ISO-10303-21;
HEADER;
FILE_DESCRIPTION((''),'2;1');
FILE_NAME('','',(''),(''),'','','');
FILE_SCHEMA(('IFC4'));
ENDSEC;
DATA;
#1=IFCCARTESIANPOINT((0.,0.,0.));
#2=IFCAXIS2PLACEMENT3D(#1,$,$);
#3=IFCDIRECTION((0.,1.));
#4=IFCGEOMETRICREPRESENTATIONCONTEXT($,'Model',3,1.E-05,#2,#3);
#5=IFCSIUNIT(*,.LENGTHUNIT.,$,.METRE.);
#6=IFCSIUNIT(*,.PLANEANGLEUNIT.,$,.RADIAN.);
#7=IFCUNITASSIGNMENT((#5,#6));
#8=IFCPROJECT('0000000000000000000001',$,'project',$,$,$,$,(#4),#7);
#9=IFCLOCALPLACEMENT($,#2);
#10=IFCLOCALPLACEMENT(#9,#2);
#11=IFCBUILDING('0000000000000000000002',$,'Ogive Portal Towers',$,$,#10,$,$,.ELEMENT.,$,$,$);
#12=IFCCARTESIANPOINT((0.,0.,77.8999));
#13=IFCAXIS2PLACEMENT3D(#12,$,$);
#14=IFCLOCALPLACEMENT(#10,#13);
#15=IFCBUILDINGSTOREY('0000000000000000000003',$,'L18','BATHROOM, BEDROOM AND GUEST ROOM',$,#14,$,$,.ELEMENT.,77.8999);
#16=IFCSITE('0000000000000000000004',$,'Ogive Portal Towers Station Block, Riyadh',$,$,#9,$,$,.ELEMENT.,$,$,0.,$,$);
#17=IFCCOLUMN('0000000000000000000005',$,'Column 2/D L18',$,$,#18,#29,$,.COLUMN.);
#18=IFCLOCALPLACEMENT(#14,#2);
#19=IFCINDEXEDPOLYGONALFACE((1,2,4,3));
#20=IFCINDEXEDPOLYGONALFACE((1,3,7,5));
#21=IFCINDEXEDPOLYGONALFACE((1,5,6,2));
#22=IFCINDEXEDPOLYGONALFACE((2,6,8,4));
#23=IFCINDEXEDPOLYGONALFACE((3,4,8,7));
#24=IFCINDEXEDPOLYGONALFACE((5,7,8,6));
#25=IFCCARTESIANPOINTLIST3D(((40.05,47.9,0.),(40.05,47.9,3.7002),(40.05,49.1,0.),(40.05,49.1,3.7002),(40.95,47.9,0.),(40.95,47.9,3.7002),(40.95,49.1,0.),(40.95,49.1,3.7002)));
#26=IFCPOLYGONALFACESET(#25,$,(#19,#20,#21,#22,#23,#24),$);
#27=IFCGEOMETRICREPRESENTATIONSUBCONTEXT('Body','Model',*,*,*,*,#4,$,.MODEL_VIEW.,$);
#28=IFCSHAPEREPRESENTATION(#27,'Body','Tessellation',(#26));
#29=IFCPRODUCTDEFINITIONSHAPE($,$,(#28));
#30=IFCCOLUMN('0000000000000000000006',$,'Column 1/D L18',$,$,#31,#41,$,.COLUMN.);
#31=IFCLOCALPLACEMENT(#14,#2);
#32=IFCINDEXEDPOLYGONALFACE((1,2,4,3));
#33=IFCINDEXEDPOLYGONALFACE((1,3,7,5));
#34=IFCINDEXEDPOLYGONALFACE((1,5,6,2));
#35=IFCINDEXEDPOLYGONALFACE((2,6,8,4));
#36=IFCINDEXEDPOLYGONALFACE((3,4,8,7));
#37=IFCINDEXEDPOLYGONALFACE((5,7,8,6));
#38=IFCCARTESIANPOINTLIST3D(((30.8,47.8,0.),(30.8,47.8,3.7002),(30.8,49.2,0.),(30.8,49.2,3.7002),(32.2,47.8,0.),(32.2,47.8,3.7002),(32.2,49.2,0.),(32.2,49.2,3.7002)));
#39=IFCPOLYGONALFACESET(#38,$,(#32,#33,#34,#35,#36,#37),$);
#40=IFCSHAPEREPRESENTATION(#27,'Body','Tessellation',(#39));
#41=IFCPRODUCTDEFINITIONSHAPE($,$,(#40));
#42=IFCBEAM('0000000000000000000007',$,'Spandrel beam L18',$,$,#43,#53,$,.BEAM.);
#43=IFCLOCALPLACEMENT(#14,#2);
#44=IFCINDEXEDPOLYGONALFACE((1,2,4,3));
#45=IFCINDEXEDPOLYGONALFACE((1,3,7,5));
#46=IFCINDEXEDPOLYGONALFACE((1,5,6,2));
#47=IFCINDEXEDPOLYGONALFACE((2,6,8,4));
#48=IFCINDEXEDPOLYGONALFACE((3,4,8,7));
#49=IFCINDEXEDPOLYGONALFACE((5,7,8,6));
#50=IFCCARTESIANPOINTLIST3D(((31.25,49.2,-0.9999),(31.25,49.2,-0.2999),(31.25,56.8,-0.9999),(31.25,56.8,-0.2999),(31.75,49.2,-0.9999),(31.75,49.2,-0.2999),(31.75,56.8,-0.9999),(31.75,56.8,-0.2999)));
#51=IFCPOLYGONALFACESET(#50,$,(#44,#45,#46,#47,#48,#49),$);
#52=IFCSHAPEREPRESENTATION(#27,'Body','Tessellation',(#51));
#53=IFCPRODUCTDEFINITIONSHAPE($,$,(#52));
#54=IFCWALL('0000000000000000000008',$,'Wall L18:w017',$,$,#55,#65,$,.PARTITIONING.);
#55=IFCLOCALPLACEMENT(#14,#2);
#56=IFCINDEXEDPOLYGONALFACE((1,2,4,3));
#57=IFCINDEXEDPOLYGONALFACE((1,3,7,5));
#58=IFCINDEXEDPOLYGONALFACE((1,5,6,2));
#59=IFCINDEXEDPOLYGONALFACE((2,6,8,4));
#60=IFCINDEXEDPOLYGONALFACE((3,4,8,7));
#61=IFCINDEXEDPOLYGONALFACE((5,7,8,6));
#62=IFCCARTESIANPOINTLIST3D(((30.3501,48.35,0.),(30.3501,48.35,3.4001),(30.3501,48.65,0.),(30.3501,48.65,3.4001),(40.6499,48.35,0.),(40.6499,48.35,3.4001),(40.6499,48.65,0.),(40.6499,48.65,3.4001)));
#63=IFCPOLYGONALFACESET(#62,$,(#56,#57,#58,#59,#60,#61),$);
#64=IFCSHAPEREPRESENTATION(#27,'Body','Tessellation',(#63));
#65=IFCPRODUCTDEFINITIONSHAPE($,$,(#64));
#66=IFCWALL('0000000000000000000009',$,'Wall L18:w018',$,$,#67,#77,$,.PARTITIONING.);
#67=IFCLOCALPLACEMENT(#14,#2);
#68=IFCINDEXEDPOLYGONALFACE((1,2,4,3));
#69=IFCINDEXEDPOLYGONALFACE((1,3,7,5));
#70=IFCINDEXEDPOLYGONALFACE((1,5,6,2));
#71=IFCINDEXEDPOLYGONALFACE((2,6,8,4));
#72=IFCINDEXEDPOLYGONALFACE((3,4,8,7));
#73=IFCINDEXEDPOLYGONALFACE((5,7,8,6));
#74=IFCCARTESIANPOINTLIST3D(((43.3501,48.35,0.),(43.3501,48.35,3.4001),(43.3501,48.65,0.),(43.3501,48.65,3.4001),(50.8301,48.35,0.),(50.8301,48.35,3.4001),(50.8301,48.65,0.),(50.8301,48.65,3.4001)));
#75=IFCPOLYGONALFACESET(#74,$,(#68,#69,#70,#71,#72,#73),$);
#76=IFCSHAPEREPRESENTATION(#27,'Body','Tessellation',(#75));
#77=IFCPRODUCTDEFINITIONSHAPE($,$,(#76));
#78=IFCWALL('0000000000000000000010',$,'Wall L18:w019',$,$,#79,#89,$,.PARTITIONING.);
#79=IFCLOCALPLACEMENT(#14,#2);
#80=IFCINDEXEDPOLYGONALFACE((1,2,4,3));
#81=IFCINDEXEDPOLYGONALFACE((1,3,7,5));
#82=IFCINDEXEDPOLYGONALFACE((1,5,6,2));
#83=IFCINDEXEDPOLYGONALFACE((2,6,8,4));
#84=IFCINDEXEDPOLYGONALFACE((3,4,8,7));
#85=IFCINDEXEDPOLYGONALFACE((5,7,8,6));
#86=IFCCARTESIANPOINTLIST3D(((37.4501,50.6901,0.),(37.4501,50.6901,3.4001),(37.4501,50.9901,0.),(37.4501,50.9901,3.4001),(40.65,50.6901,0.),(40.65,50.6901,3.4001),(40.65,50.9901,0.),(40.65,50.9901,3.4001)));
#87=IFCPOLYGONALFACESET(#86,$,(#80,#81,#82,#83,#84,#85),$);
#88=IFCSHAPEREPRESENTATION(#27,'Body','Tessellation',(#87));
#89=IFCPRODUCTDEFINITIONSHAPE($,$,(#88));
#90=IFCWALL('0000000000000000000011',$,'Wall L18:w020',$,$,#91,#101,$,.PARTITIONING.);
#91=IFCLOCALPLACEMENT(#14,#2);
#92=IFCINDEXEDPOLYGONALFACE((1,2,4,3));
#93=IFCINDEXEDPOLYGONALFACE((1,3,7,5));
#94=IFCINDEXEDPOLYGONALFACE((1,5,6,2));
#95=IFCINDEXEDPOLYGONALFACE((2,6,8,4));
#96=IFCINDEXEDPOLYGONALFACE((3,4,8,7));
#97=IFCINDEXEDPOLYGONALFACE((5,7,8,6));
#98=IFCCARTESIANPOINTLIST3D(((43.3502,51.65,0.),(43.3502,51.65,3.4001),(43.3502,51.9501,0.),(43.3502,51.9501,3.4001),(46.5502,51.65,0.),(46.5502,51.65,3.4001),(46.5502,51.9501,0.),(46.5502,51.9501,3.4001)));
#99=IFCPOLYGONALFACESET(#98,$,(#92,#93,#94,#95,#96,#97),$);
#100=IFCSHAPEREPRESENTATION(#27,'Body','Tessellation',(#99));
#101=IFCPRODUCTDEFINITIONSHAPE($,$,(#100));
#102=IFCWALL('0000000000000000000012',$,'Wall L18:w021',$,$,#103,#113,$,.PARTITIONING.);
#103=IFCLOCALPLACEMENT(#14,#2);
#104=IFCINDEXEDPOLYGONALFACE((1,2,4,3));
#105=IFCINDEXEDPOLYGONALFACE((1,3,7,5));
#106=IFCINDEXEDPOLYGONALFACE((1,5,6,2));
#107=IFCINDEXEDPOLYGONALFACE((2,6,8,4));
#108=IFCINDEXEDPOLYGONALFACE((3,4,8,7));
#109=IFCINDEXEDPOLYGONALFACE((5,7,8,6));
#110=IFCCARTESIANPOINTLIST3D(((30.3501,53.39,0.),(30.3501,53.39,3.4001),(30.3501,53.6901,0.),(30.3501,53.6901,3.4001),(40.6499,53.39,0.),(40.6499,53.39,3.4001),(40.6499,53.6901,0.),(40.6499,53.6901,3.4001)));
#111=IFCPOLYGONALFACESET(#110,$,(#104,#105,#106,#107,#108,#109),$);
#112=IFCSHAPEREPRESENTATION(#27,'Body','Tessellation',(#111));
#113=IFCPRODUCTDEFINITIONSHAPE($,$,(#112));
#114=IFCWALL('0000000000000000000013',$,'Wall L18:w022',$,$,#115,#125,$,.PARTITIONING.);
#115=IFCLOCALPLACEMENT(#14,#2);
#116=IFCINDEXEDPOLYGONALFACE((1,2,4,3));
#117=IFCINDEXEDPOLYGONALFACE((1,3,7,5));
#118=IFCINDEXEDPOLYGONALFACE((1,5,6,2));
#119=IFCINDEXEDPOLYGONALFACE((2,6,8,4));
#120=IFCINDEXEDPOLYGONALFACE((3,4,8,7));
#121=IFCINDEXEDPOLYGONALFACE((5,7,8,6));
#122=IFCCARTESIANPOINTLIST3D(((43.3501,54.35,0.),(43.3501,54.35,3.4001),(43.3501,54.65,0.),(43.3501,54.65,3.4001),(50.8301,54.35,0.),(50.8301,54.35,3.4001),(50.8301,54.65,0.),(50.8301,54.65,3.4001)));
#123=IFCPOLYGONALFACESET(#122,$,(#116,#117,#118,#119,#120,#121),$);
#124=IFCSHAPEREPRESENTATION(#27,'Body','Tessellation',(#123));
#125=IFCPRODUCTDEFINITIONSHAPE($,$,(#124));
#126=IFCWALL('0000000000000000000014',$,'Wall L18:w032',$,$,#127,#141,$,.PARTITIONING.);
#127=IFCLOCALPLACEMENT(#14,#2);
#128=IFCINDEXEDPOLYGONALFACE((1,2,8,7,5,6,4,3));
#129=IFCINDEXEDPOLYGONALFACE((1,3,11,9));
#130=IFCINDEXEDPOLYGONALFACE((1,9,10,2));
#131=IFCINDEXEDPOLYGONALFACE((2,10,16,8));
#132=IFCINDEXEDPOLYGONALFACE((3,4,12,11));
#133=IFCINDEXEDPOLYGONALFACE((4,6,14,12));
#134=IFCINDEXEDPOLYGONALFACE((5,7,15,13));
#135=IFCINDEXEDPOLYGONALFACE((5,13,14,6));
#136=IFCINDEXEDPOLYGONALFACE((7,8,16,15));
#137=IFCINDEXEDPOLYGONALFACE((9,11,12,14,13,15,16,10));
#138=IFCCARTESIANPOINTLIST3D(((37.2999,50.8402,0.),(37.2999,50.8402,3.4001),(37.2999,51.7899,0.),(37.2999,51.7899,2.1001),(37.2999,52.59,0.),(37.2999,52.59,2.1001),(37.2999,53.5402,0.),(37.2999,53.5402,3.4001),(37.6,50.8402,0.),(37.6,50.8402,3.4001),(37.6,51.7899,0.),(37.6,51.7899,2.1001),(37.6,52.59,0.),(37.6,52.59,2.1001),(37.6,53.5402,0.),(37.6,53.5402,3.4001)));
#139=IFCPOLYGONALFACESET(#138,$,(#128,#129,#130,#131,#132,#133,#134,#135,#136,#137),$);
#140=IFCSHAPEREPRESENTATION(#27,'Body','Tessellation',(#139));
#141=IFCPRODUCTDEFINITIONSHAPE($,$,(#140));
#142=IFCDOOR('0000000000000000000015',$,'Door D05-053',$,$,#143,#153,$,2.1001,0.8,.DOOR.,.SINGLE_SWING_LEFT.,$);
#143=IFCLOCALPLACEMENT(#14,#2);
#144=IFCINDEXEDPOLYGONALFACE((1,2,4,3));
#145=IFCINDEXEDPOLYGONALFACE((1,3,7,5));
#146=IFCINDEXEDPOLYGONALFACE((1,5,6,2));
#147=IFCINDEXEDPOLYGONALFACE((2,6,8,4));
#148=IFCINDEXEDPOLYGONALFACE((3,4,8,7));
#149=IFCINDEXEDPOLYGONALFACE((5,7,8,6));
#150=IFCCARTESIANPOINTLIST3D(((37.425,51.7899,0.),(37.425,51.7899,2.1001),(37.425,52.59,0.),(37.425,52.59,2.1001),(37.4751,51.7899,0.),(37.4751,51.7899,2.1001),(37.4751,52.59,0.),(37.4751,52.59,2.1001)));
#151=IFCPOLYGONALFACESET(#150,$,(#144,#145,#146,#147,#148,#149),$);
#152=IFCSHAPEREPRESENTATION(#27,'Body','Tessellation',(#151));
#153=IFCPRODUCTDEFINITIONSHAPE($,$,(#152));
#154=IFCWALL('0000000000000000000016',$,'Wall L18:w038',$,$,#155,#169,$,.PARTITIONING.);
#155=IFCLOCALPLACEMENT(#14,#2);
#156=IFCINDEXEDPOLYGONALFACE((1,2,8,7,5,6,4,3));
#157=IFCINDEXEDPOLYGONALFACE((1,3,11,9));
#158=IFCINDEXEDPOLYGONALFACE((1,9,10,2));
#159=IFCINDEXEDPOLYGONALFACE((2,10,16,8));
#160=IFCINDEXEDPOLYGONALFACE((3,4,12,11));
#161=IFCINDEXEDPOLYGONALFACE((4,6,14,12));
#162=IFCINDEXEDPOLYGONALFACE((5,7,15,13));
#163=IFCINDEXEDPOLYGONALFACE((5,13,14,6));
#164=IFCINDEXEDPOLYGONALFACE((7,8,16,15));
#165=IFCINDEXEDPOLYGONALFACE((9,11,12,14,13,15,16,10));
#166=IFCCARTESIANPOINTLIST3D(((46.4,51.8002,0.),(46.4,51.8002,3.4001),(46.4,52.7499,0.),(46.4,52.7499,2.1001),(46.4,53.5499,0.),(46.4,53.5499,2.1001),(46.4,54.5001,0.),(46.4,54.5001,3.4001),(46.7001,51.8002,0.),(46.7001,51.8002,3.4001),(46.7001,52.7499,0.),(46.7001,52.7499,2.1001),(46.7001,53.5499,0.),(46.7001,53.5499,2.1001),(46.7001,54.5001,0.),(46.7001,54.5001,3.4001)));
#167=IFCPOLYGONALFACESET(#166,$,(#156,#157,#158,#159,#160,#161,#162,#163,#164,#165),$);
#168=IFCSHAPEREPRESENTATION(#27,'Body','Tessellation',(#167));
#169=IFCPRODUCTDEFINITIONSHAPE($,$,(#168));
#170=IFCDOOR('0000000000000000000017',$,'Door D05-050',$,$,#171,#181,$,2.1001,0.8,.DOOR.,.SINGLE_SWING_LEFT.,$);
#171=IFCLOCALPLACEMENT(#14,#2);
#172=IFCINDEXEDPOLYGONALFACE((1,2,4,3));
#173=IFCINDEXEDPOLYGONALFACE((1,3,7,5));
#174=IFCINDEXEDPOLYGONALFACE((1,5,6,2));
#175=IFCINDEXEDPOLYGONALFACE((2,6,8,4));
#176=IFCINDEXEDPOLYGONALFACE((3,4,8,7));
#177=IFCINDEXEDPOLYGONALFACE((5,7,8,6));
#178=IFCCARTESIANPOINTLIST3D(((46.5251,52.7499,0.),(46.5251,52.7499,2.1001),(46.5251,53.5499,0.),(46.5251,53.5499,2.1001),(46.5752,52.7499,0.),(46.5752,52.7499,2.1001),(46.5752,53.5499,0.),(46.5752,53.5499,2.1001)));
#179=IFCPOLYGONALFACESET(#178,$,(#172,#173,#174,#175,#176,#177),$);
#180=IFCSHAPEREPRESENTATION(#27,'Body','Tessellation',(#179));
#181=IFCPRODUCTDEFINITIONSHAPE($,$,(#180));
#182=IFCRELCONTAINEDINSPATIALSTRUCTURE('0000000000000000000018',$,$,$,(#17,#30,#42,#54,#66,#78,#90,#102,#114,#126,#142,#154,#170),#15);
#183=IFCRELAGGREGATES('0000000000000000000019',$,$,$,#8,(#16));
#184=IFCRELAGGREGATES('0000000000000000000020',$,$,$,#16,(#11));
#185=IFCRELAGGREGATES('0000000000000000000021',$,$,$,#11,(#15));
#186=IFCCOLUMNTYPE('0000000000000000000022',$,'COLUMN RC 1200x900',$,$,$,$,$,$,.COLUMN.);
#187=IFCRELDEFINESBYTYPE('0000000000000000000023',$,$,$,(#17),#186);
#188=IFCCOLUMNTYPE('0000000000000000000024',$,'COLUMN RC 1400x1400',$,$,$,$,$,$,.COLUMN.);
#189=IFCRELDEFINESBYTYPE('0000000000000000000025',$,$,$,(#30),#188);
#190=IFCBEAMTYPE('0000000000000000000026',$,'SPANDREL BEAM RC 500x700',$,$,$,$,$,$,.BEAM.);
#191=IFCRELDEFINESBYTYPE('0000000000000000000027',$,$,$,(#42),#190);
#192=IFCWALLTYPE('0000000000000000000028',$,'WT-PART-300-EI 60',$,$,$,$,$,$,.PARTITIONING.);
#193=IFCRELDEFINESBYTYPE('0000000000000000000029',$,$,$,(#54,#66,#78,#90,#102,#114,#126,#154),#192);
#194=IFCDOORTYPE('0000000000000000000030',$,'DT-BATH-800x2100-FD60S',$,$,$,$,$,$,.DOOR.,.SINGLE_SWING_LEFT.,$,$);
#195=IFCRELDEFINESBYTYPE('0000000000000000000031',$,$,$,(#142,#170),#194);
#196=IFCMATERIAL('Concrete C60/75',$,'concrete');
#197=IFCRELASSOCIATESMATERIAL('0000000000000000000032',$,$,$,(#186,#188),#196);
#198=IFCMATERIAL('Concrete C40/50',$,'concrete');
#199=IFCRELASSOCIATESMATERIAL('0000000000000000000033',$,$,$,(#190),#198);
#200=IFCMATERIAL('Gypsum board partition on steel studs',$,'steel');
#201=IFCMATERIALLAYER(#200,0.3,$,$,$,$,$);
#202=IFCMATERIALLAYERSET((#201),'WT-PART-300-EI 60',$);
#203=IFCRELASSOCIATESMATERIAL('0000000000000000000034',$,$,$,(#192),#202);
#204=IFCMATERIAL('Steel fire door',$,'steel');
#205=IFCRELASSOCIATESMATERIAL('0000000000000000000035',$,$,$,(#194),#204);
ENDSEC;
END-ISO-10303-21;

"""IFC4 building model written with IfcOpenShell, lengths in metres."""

from ifc_helpers import new_model, si_unit, direction, frame, frame_2d, origin, origin_2d, place, context, subcontext, project, spatial, rectangle, extrude, material, layer, layer_set, material_profile, profile_set, type_object, element, fill, save


model = new_model("IFC4")

# Units and contexts
model_context = context("Model", 3, precision=1e-05, world=origin(), true_north=direction((0.0, 1.0)))
body_context = subcontext(model_context, "Body", "Model", "MODEL_VIEW")
ifc_project = project(units=[si_unit("LENGTHUNIT", "METRE"), si_unit("PLANEANGLEUNIT", "RADIAN")], contexts=[model_context])

# Site, building, storey
site_placement = place(None, origin())
site = spatial("IfcSite", under=ifc_project, at=site_placement, Name="Ogive Portal Towers Station Block, Riyadh", CompositionType="ELEMENT", RefElevation=0.0)
building_placement = place(site_placement, origin())
building = spatial("IfcBuilding", under=site, at=building_placement, Name="Ogive Portal Towers", CompositionType="ELEMENT")
storey_placement = place(building_placement, frame((0.0, 0.0, 77.8999)))
storey = spatial("IfcBuildingStorey", under=building, at=storey_placement, Name="L18", Description="BATHROOM, BEDROOM AND GUEST ROOM", CompositionType="ELEMENT", Elevation=77.8999)

# Columns
ifc_material_1 = material(Name="Concrete C60/75", Category="concrete")
ifc_material_profile_1 = material_profile(ifc_material_1, rectangle(XDim=1.2, YDim=0.8999, at=origin_2d()), Name="RC 1200x900")
ifc_profile_set_1 = profile_set([ifc_material_profile_1], Name="Concrete C60/75")
column_type_1 = type_object("IfcColumnType", Name="COLUMN RC 1200x900", PredefinedType="COLUMN", material=ifc_profile_set_1)
column_1_placement = place(storey_placement, frame((40.5, 48.5, 0.0), z_axis=(0.0, 0.0, 1.0), x_axis=(0.0, 1.0, 0.0)))
element("IfcColumn", 1, at=column_1_placement, inside=storey, type_object=column_type_1, Name="Column 2/D L18", PredefinedType="COLUMN", context=body_context, shape_type="SweptSolid", body=[
    extrude(rectangle(XDim=1.2, YDim=0.8999, at=origin_2d()), origin(), (0.0, 0.0, 1.0), 3.7002),
])
ifc_material_profile_2 = material_profile(ifc_material_1, rectangle(XDim=1.3999, YDim=1.3999, at=origin_2d()), Name="RC 1400x1400")
ifc_profile_set_2 = profile_set([ifc_material_profile_2], Name="Concrete C60/75")
column_type_2 = type_object("IfcColumnType", Name="COLUMN RC 1400x1400", PredefinedType="COLUMN", material=ifc_profile_set_2)
column_2_placement = place(storey_placement, frame((31.5, 48.5, 0.0), z_axis=(0.0, 0.0, 1.0), x_axis=(1.0, 0.0, 0.0)))
element("IfcColumn", 2, at=column_2_placement, inside=storey, type_object=column_type_2, Name="Column 1/D L18", PredefinedType="COLUMN", context=body_context, shape_type="SweptSolid", body=[
    extrude(rectangle(XDim=1.3999, YDim=1.3999, at=origin_2d()), origin(), (0.0, 0.0, 1.0), 3.7002),
])

# Beam
ifc_material_2 = material(Name="Concrete C40/50", Category="concrete")
ifc_material_profile_3 = material_profile(ifc_material_2, rectangle(XDim=0.5, YDim=0.7, at=origin_2d()), Name="RC 500x700")
ifc_profile_set_3 = profile_set([ifc_material_profile_3], Name="Concrete C40/50")
beam_type = type_object("IfcBeamType", Name="SPANDREL BEAM RC 500x700", PredefinedType="BEAM", material=ifc_profile_set_3)
beam_placement = place(storey_placement, frame((31.5, 49.2, -0.6499), z_axis=(0.0, 1.0, 0.0), x_axis=(-1.0, 0.0, 0.0)))
element("IfcBeam", 3, at=beam_placement, inside=storey, type_object=beam_type, Name="Spandrel beam L18", PredefinedType="BEAM", context=body_context, shape_type="SweptSolid", body=[
    extrude(rectangle(XDim=0.5, YDim=0.7, at=origin_2d()), origin(), (0.0, 0.0, 1.0), 7.6001),
])

# Walls
ifc_material_3 = material(Name="Gypsum board partition on steel studs", Category="steel")
ifc_layer_1 = layer(ifc_material_3, 0.3)
ifc_layer_set_1 = layer_set([ifc_layer_1], Name="WT-PART-300-EI 60")
wall_type = type_object("IfcWallType", Name="WT-PART-300-EI 60", PredefinedType="PARTITIONING", material=ifc_layer_set_1)
wall_1_placement = place(storey_placement, frame((30.3501, 48.5, 0.0), z_axis=(0.0, 0.0, 1.0), x_axis=(1.0, 0.0, 0.0)))
element("IfcWall", 4, at=wall_1_placement, inside=storey, type_object=wall_type, Name="Wall L18:w017", PredefinedType="PARTITIONING", context=body_context, shape_type="SweptSolid", body=[
    extrude(rectangle(XDim=10.2998, YDim=0.3, at=frame_2d((5.1499, 0.0))), origin(), (0.0, 0.0, 1.0), 3.4001),
])
wall_2_placement = place(storey_placement, frame((43.3501, 48.5, 0.0), z_axis=(0.0, 0.0, 1.0), x_axis=(1.0, 0.0, 0.0)))
element("IfcWall", 5, at=wall_2_placement, inside=storey, type_object=wall_type, Name="Wall L18:w018", PredefinedType="PARTITIONING", context=body_context, shape_type="SweptSolid", body=[
    extrude(rectangle(XDim=7.48, YDim=0.3, at=frame_2d((3.74, 0.0))), origin(), (0.0, 0.0, 1.0), 3.4001),
])
for number, where, z_axis, x_axis, name in (
    (6, (37.45, 50.8401, 0.0), (0.0, 0.0, 1.0), (1.0, 0.0, 0.0), "Wall L18:w019"),
    (7, (43.3501, 51.8, 0.0), (0.0, 0.0, 1.0), (1.0, 0.0, 0.0), "Wall L18:w020"),
):
    element("IfcWall", number, at=place(storey_placement, frame(where, z_axis=z_axis, x_axis=x_axis)), inside=storey, type_object=wall_type, Name=name, PredefinedType="PARTITIONING", context=body_context, shape_type="SweptSolid", body=[
        extrude(rectangle(XDim=3.2, YDim=0.3, at=frame_2d((1.6001, 0.0))), origin(), (0.0, 0.0, 1.0), 3.4001),
    ])
wall_3_placement = place(storey_placement, frame((30.3501, 53.54, 0.0), z_axis=(0.0, 0.0, 1.0), x_axis=(1.0, 0.0, 0.0)))
element("IfcWall", 8, at=wall_3_placement, inside=storey, type_object=wall_type, Name="Wall L18:w021", PredefinedType="PARTITIONING", context=body_context, shape_type="SweptSolid", body=[
    extrude(rectangle(XDim=10.2998, YDim=0.3, at=frame_2d((5.1499, 0.0))), origin(), (0.0, 0.0, 1.0), 3.4001),
])
wall_4_placement = place(storey_placement, frame((43.3501, 54.5, 0.0), z_axis=(0.0, 0.0, 1.0), x_axis=(1.0, 0.0, 0.0)))
element("IfcWall", 9, at=wall_4_placement, inside=storey, type_object=wall_type, Name="Wall L18:w022", PredefinedType="PARTITIONING", context=body_context, shape_type="SweptSolid", body=[
    extrude(rectangle(XDim=7.48, YDim=0.3, at=frame_2d((3.74, 0.0))), origin(), (0.0, 0.0, 1.0), 3.4001),
])

# Walls, openings, doors
wall_5_placement = place(storey_placement, frame((37.45, 50.8401, 0.0), z_axis=(0.0, 0.0, 1.0), x_axis=(0.0, 1.0, 0.0)))
wall_5 = element("IfcWall", 10, at=wall_5_placement, inside=storey, type_object=wall_type, Name="Wall L18:w032", PredefinedType="PARTITIONING", context=body_context, shape_type="SweptSolid", body=[
    extrude(rectangle(XDim=2.7, YDim=0.3, at=frame_2d((1.3501, 0.0))), origin(), (0.0, 0.0, 1.0), 3.4001),
])
opening_1_placement = place(wall_5_placement, frame((0.95, 0.0, 0.0)))
opening_1 = element("IfcOpeningElement", 11, at=opening_1_placement, cuts=wall_5, PredefinedType="OPENING", context=body_context, shape_type="SweptSolid", body=[
    extrude(rectangle(XDim=0.8, YDim=2.1001, at=frame_2d((0.3999, 1.05))), frame((0.0, 0.1602, 0.0), z_axis=(0.0, -1.0, 0.0), x_axis=(1.0, 0.0, 0.0)), (0.0, 0.0, 1.0), 0.3201),
])
ifc_material_4 = material(Name="Steel fire door", Category="steel")
door_type = type_object("IfcDoorType", Name="DT-BATH-800x2100-FD60S", OperationType="SINGLE_SWING_LEFT", PredefinedType="DOOR", material=ifc_material_4)
door_1_placement = place(opening_1_placement, origin())
door_1 = element("IfcDoor", 12, at=door_1_placement, inside=storey, type_object=door_type, Name="Door D05-053", OperationType="SINGLE_SWING_LEFT", OverallHeight=2.1001, OverallWidth=0.8, PredefinedType="DOOR", context=body_context, shape_type="SweptSolid", body=[
    extrude(rectangle(XDim=0.8, YDim=2.1001, at=frame_2d((0.3999, 1.05))), frame((0.0, 0.0249, 0.0), z_axis=(0.0, -1.0, 0.0), x_axis=(1.0, 0.0, 0.0)), (0.0, 0.0, 1.0), 0.05),
])
fill(opening_1, door_1)
wall_6_placement = place(storey_placement, frame((46.55, 51.8, 0.0), z_axis=(0.0, 0.0, 1.0), x_axis=(0.0, 1.0, 0.0)))
wall_6 = element("IfcWall", 13, at=wall_6_placement, inside=storey, type_object=wall_type, Name="Wall L18:w038", PredefinedType="PARTITIONING", context=body_context, shape_type="SweptSolid", body=[
    extrude(rectangle(XDim=2.7, YDim=0.3, at=frame_2d((1.3501, 0.0))), origin(), (0.0, 0.0, 1.0), 3.4001),
])
opening_2_placement = place(wall_6_placement, frame((0.95, 0.0, 0.0)))
opening_2 = element("IfcOpeningElement", 14, at=opening_2_placement, cuts=wall_6, PredefinedType="OPENING", context=body_context, shape_type="SweptSolid", body=[
    extrude(rectangle(XDim=0.8, YDim=2.1001, at=frame_2d((0.3999, 1.05))), frame((0.0, 0.1602, 0.0), z_axis=(0.0, -1.0, 0.0), x_axis=(1.0, 0.0, 0.0)), (0.0, 0.0, 1.0), 0.3201),
])
door_2_placement = place(opening_2_placement, origin())
door_2 = element("IfcDoor", 15, at=door_2_placement, inside=storey, type_object=door_type, Name="Door D05-050", OperationType="SINGLE_SWING_LEFT", OverallHeight=2.1001, OverallWidth=0.8, PredefinedType="DOOR", context=body_context, shape_type="SweptSolid", body=[
    extrude(rectangle(XDim=0.8, YDim=2.1001, at=frame_2d((0.3999, 1.05))), frame((0.0, 0.0249, 0.0), z_axis=(0.0, -1.0, 0.0), x_axis=(1.0, 0.0, 0.0)), (0.0, 0.0, 1.0), 0.05),
])
fill(opening_2, door_2)

save(model, "model.ifc")
